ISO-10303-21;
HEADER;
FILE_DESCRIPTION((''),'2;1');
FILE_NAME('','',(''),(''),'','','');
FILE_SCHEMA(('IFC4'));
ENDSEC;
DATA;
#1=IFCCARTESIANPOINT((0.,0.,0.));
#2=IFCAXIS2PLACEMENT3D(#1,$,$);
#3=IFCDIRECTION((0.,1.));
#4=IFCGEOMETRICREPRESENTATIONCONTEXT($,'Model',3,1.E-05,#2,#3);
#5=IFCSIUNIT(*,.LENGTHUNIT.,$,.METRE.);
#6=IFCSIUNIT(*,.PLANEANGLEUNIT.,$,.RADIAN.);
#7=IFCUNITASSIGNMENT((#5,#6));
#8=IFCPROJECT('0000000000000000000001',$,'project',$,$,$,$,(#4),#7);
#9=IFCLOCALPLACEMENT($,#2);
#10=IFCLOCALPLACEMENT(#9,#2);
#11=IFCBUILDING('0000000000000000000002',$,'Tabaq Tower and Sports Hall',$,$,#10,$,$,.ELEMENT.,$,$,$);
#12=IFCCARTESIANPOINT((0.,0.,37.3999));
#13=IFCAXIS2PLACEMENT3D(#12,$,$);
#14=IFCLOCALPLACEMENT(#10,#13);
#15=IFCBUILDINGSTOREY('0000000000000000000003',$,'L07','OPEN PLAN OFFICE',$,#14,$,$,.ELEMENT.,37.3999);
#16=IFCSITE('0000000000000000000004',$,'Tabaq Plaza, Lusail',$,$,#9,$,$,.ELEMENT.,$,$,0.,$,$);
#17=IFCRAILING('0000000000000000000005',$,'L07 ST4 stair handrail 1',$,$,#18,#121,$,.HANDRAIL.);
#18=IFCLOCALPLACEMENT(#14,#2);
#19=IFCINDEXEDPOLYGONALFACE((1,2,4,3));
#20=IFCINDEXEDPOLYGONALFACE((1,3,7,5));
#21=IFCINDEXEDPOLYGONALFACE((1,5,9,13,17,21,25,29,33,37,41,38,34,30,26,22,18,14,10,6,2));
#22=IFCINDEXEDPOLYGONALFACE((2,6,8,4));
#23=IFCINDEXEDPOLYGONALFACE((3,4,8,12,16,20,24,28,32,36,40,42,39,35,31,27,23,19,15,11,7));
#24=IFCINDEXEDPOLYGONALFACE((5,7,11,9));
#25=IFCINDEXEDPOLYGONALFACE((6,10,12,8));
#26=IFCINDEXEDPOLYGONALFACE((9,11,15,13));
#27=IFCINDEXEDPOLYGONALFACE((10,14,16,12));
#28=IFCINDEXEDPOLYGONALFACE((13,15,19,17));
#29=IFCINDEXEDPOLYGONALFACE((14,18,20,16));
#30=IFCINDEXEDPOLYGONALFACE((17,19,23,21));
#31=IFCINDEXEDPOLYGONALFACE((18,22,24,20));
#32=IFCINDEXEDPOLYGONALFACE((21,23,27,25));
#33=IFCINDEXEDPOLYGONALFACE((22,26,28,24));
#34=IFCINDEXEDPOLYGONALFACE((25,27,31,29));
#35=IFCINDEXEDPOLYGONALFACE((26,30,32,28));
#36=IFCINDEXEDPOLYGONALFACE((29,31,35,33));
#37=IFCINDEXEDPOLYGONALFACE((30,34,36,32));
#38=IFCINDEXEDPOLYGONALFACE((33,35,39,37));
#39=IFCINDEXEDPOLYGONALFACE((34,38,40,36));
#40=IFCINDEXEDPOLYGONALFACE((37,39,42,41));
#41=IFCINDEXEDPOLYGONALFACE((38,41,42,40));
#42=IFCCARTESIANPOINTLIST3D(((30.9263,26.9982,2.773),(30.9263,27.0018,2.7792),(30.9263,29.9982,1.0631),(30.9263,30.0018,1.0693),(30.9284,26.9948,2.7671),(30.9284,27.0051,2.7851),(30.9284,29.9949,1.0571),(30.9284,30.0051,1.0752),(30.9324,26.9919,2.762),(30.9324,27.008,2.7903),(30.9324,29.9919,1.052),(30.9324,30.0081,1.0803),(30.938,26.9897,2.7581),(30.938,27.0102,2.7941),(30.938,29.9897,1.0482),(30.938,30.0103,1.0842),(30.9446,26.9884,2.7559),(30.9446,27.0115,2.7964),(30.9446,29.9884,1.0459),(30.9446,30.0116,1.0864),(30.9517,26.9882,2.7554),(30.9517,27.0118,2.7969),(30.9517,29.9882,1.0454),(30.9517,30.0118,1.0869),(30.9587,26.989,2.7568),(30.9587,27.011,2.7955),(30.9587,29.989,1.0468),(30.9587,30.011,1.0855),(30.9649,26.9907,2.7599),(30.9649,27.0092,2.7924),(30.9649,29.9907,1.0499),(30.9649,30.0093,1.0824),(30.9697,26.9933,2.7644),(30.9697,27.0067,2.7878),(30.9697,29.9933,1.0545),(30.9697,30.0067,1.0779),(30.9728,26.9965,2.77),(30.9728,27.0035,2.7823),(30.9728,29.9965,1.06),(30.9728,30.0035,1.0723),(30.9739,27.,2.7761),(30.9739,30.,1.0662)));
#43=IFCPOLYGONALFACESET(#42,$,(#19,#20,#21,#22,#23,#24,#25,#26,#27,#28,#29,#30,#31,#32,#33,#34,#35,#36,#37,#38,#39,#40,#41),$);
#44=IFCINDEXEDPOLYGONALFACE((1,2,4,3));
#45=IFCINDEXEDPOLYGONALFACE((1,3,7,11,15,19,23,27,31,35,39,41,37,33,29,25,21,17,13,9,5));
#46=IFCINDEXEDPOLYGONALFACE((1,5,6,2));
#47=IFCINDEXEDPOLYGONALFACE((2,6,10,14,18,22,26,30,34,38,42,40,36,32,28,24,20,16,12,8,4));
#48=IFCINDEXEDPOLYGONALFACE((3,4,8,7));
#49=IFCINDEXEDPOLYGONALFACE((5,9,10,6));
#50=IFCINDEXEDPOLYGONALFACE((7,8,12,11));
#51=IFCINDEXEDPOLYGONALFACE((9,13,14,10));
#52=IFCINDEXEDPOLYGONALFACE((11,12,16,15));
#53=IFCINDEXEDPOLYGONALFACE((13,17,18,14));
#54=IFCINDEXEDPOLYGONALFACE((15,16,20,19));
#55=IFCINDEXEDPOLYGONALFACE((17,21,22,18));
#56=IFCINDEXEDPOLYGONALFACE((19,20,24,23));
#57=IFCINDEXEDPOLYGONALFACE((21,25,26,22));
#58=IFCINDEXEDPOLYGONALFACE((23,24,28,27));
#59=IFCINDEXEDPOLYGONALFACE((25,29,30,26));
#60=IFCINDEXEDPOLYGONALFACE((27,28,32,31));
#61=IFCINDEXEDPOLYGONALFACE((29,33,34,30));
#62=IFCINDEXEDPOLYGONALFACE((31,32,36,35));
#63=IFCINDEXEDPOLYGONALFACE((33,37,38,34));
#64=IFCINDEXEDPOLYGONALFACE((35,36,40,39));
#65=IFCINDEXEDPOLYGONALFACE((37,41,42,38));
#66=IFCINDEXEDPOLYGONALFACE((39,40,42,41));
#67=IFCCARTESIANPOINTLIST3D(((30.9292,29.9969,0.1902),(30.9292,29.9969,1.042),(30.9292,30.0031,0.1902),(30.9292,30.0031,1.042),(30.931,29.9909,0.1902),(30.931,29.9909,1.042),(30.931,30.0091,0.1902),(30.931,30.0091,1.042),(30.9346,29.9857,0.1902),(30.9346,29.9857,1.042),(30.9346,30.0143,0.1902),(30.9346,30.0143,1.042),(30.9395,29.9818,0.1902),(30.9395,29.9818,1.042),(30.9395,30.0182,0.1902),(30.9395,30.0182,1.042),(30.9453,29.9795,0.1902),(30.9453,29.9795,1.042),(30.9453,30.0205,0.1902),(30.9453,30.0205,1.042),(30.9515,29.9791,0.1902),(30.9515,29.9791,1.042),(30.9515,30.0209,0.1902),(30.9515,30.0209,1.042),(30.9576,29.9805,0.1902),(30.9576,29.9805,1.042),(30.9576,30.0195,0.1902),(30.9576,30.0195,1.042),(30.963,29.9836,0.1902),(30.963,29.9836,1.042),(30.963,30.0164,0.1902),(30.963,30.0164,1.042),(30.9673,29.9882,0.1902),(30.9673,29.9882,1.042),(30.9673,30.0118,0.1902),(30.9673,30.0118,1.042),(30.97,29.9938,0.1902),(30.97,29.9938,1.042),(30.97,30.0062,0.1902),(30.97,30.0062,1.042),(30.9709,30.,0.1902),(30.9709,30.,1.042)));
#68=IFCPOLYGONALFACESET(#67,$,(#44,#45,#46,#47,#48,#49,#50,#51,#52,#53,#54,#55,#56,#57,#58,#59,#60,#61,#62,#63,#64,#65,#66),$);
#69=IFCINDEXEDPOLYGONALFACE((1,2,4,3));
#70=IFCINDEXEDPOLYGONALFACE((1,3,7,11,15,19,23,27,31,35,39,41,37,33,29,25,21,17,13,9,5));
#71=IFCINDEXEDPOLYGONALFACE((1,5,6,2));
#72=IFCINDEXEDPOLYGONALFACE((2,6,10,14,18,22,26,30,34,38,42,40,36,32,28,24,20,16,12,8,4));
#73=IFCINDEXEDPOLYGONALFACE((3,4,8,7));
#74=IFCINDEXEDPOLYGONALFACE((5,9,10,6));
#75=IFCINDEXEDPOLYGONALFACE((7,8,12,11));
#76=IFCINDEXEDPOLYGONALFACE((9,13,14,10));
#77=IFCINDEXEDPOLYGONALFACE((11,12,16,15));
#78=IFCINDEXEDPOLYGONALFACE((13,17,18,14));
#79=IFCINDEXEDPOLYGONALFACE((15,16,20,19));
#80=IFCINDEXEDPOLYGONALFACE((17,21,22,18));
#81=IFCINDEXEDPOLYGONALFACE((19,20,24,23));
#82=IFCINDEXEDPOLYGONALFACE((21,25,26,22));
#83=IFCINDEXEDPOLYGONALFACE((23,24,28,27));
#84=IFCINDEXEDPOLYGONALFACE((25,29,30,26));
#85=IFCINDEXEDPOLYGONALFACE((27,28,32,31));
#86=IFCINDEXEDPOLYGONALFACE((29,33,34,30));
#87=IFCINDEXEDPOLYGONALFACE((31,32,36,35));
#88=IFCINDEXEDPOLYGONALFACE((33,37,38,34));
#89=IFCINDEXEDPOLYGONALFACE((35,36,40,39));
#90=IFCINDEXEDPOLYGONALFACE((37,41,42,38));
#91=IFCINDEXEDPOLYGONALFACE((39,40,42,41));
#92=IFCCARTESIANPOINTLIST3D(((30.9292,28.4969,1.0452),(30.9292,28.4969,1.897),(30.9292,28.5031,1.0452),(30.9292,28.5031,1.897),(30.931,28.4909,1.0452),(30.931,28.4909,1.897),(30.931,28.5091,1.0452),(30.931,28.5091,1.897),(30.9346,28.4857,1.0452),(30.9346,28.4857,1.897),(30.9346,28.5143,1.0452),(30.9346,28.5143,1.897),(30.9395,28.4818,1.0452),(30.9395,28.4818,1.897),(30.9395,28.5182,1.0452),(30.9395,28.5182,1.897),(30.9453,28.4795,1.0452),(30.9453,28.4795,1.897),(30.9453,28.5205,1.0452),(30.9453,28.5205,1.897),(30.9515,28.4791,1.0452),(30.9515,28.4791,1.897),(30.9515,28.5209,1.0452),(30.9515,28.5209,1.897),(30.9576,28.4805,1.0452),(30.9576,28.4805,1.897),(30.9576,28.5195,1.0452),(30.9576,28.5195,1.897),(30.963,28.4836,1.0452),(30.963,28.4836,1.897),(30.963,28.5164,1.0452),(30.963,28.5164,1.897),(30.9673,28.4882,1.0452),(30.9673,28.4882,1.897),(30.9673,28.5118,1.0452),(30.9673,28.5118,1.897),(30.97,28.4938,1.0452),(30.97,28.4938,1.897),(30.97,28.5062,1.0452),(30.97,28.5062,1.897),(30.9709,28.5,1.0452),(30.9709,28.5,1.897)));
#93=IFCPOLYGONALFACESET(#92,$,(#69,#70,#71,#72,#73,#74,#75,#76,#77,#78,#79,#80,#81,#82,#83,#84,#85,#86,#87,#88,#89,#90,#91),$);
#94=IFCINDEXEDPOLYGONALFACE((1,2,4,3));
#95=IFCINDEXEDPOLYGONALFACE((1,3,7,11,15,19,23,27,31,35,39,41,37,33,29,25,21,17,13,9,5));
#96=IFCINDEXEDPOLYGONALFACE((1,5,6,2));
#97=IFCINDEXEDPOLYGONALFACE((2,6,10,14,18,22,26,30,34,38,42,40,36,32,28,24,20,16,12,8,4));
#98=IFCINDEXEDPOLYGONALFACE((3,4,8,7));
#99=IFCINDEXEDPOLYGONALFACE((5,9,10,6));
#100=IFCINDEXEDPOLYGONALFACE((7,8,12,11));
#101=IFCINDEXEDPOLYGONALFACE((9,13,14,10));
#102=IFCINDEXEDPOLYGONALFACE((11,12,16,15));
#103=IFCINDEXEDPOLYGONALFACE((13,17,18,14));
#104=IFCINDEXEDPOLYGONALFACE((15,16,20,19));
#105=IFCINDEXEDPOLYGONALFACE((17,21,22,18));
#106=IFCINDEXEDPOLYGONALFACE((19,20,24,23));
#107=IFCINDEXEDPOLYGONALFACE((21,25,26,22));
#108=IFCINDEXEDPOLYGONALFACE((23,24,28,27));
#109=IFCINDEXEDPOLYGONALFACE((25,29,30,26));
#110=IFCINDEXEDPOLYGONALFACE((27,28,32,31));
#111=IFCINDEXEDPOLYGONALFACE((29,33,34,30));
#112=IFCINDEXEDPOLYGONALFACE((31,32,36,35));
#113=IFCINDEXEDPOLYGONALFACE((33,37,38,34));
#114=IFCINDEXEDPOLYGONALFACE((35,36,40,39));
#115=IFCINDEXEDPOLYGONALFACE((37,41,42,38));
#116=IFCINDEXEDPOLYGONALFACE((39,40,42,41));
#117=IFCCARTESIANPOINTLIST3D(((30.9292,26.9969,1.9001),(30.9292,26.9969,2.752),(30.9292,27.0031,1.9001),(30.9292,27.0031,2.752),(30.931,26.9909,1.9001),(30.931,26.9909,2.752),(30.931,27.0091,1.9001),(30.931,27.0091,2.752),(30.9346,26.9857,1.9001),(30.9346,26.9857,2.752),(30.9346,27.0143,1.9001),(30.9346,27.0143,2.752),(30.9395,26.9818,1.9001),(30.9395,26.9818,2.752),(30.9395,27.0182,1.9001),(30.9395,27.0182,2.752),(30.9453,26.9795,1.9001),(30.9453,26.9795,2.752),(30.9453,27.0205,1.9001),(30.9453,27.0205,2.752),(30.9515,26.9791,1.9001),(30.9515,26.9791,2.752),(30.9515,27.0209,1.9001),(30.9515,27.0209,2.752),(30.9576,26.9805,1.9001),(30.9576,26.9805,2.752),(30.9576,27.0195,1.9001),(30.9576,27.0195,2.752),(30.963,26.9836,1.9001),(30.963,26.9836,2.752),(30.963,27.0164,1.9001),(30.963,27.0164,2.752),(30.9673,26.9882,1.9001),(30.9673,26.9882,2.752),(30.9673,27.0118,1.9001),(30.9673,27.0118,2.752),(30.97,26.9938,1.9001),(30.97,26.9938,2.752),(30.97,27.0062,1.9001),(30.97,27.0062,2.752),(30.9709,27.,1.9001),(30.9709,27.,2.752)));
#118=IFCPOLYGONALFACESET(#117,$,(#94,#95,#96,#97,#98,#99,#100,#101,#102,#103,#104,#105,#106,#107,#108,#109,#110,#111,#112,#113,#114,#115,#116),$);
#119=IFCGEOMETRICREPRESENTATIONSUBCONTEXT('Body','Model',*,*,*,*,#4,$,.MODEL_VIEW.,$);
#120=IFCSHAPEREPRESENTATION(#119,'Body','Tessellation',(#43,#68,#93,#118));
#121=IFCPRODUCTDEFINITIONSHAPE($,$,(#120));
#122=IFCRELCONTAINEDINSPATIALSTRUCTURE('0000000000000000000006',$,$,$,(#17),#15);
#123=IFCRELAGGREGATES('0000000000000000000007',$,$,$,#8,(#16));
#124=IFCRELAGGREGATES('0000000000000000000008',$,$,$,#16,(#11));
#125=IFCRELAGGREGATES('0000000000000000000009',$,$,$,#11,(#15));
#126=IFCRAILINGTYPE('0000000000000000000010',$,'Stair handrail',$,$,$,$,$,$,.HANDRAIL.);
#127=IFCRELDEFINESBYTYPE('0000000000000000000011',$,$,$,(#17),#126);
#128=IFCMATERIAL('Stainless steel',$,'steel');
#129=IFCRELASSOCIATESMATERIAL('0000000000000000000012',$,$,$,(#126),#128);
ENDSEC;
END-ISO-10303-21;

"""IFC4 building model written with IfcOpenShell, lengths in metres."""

from ifc_helpers import new_model, si_unit, direction, frame, origin, origin_2d, place, context, subcontext, project, spatial, circle, extrude, material, type_object, element, save


model = new_model("IFC4")

# Units and contexts
model_context = context("Model", 3, precision=1e-05, world=origin(), true_north=direction((0.0, 1.0)))
body_context = subcontext(model_context, "Body", "Model", "MODEL_VIEW")
ifc_project = project(units=[si_unit("LENGTHUNIT", "METRE"), si_unit("PLANEANGLEUNIT", "RADIAN")], contexts=[model_context])

# Site, building, storey
site_placement = place(None, origin())
site = spatial("IfcSite", under=ifc_project, at=site_placement, Name="Tabaq Plaza, Lusail", CompositionType="ELEMENT", RefElevation=0.0)
building_placement = place(site_placement, origin())
building = spatial("IfcBuilding", under=site, at=building_placement, Name="Tabaq Tower and Sports Hall", CompositionType="ELEMENT")
storey_placement = place(building_placement, frame((0.0, 0.0, 37.3999)))
storey = spatial("IfcBuildingStorey", under=building, at=storey_placement, Name="L07", Description="OPEN PLAN OFFICE", CompositionType="ELEMENT", Elevation=37.3999)

# Railing
ifc_material_1 = material(Name="Stainless steel", Category="steel")
railing_type_1 = type_object("IfcRailingType", Name="Stair handrail", PredefinedType="HANDRAIL", material=ifc_material_1)
railing_1_placement = place(storey_placement, frame((30.95, 30.0, 0.1902)))
element("IfcRailing", 1, at=railing_1_placement, inside=storey, type_object=railing_type_1, Name="L07 ST4 stair handrail 1", PredefinedType="HANDRAIL", context=body_context, shape_type="SweptSolid", body=[
    extrude(circle(Radius=0.0239, at=origin_2d()), frame((0.0, 0.0, 0.876), z_axis=(0.0, -0.868782, 0.495195), x_axis=(1.0, 0.0, 0.0)), (0.0, 0.0, 1.0), 3.4531),
    extrude(circle(Radius=0.021, at=origin_2d()), origin(), (0.0, 0.0, 1.0), 0.8518),
    extrude(circle(Radius=0.021, at=origin_2d()), frame((0.0, -1.5, 0.855)), (0.0, 0.0, 1.0), 0.8518),
    extrude(circle(Radius=0.021, at=origin_2d()), frame((0.0, -3.0, 1.71)), (0.0, 0.0, 1.0), 0.8518),
])

save(model, "model.ifc")
